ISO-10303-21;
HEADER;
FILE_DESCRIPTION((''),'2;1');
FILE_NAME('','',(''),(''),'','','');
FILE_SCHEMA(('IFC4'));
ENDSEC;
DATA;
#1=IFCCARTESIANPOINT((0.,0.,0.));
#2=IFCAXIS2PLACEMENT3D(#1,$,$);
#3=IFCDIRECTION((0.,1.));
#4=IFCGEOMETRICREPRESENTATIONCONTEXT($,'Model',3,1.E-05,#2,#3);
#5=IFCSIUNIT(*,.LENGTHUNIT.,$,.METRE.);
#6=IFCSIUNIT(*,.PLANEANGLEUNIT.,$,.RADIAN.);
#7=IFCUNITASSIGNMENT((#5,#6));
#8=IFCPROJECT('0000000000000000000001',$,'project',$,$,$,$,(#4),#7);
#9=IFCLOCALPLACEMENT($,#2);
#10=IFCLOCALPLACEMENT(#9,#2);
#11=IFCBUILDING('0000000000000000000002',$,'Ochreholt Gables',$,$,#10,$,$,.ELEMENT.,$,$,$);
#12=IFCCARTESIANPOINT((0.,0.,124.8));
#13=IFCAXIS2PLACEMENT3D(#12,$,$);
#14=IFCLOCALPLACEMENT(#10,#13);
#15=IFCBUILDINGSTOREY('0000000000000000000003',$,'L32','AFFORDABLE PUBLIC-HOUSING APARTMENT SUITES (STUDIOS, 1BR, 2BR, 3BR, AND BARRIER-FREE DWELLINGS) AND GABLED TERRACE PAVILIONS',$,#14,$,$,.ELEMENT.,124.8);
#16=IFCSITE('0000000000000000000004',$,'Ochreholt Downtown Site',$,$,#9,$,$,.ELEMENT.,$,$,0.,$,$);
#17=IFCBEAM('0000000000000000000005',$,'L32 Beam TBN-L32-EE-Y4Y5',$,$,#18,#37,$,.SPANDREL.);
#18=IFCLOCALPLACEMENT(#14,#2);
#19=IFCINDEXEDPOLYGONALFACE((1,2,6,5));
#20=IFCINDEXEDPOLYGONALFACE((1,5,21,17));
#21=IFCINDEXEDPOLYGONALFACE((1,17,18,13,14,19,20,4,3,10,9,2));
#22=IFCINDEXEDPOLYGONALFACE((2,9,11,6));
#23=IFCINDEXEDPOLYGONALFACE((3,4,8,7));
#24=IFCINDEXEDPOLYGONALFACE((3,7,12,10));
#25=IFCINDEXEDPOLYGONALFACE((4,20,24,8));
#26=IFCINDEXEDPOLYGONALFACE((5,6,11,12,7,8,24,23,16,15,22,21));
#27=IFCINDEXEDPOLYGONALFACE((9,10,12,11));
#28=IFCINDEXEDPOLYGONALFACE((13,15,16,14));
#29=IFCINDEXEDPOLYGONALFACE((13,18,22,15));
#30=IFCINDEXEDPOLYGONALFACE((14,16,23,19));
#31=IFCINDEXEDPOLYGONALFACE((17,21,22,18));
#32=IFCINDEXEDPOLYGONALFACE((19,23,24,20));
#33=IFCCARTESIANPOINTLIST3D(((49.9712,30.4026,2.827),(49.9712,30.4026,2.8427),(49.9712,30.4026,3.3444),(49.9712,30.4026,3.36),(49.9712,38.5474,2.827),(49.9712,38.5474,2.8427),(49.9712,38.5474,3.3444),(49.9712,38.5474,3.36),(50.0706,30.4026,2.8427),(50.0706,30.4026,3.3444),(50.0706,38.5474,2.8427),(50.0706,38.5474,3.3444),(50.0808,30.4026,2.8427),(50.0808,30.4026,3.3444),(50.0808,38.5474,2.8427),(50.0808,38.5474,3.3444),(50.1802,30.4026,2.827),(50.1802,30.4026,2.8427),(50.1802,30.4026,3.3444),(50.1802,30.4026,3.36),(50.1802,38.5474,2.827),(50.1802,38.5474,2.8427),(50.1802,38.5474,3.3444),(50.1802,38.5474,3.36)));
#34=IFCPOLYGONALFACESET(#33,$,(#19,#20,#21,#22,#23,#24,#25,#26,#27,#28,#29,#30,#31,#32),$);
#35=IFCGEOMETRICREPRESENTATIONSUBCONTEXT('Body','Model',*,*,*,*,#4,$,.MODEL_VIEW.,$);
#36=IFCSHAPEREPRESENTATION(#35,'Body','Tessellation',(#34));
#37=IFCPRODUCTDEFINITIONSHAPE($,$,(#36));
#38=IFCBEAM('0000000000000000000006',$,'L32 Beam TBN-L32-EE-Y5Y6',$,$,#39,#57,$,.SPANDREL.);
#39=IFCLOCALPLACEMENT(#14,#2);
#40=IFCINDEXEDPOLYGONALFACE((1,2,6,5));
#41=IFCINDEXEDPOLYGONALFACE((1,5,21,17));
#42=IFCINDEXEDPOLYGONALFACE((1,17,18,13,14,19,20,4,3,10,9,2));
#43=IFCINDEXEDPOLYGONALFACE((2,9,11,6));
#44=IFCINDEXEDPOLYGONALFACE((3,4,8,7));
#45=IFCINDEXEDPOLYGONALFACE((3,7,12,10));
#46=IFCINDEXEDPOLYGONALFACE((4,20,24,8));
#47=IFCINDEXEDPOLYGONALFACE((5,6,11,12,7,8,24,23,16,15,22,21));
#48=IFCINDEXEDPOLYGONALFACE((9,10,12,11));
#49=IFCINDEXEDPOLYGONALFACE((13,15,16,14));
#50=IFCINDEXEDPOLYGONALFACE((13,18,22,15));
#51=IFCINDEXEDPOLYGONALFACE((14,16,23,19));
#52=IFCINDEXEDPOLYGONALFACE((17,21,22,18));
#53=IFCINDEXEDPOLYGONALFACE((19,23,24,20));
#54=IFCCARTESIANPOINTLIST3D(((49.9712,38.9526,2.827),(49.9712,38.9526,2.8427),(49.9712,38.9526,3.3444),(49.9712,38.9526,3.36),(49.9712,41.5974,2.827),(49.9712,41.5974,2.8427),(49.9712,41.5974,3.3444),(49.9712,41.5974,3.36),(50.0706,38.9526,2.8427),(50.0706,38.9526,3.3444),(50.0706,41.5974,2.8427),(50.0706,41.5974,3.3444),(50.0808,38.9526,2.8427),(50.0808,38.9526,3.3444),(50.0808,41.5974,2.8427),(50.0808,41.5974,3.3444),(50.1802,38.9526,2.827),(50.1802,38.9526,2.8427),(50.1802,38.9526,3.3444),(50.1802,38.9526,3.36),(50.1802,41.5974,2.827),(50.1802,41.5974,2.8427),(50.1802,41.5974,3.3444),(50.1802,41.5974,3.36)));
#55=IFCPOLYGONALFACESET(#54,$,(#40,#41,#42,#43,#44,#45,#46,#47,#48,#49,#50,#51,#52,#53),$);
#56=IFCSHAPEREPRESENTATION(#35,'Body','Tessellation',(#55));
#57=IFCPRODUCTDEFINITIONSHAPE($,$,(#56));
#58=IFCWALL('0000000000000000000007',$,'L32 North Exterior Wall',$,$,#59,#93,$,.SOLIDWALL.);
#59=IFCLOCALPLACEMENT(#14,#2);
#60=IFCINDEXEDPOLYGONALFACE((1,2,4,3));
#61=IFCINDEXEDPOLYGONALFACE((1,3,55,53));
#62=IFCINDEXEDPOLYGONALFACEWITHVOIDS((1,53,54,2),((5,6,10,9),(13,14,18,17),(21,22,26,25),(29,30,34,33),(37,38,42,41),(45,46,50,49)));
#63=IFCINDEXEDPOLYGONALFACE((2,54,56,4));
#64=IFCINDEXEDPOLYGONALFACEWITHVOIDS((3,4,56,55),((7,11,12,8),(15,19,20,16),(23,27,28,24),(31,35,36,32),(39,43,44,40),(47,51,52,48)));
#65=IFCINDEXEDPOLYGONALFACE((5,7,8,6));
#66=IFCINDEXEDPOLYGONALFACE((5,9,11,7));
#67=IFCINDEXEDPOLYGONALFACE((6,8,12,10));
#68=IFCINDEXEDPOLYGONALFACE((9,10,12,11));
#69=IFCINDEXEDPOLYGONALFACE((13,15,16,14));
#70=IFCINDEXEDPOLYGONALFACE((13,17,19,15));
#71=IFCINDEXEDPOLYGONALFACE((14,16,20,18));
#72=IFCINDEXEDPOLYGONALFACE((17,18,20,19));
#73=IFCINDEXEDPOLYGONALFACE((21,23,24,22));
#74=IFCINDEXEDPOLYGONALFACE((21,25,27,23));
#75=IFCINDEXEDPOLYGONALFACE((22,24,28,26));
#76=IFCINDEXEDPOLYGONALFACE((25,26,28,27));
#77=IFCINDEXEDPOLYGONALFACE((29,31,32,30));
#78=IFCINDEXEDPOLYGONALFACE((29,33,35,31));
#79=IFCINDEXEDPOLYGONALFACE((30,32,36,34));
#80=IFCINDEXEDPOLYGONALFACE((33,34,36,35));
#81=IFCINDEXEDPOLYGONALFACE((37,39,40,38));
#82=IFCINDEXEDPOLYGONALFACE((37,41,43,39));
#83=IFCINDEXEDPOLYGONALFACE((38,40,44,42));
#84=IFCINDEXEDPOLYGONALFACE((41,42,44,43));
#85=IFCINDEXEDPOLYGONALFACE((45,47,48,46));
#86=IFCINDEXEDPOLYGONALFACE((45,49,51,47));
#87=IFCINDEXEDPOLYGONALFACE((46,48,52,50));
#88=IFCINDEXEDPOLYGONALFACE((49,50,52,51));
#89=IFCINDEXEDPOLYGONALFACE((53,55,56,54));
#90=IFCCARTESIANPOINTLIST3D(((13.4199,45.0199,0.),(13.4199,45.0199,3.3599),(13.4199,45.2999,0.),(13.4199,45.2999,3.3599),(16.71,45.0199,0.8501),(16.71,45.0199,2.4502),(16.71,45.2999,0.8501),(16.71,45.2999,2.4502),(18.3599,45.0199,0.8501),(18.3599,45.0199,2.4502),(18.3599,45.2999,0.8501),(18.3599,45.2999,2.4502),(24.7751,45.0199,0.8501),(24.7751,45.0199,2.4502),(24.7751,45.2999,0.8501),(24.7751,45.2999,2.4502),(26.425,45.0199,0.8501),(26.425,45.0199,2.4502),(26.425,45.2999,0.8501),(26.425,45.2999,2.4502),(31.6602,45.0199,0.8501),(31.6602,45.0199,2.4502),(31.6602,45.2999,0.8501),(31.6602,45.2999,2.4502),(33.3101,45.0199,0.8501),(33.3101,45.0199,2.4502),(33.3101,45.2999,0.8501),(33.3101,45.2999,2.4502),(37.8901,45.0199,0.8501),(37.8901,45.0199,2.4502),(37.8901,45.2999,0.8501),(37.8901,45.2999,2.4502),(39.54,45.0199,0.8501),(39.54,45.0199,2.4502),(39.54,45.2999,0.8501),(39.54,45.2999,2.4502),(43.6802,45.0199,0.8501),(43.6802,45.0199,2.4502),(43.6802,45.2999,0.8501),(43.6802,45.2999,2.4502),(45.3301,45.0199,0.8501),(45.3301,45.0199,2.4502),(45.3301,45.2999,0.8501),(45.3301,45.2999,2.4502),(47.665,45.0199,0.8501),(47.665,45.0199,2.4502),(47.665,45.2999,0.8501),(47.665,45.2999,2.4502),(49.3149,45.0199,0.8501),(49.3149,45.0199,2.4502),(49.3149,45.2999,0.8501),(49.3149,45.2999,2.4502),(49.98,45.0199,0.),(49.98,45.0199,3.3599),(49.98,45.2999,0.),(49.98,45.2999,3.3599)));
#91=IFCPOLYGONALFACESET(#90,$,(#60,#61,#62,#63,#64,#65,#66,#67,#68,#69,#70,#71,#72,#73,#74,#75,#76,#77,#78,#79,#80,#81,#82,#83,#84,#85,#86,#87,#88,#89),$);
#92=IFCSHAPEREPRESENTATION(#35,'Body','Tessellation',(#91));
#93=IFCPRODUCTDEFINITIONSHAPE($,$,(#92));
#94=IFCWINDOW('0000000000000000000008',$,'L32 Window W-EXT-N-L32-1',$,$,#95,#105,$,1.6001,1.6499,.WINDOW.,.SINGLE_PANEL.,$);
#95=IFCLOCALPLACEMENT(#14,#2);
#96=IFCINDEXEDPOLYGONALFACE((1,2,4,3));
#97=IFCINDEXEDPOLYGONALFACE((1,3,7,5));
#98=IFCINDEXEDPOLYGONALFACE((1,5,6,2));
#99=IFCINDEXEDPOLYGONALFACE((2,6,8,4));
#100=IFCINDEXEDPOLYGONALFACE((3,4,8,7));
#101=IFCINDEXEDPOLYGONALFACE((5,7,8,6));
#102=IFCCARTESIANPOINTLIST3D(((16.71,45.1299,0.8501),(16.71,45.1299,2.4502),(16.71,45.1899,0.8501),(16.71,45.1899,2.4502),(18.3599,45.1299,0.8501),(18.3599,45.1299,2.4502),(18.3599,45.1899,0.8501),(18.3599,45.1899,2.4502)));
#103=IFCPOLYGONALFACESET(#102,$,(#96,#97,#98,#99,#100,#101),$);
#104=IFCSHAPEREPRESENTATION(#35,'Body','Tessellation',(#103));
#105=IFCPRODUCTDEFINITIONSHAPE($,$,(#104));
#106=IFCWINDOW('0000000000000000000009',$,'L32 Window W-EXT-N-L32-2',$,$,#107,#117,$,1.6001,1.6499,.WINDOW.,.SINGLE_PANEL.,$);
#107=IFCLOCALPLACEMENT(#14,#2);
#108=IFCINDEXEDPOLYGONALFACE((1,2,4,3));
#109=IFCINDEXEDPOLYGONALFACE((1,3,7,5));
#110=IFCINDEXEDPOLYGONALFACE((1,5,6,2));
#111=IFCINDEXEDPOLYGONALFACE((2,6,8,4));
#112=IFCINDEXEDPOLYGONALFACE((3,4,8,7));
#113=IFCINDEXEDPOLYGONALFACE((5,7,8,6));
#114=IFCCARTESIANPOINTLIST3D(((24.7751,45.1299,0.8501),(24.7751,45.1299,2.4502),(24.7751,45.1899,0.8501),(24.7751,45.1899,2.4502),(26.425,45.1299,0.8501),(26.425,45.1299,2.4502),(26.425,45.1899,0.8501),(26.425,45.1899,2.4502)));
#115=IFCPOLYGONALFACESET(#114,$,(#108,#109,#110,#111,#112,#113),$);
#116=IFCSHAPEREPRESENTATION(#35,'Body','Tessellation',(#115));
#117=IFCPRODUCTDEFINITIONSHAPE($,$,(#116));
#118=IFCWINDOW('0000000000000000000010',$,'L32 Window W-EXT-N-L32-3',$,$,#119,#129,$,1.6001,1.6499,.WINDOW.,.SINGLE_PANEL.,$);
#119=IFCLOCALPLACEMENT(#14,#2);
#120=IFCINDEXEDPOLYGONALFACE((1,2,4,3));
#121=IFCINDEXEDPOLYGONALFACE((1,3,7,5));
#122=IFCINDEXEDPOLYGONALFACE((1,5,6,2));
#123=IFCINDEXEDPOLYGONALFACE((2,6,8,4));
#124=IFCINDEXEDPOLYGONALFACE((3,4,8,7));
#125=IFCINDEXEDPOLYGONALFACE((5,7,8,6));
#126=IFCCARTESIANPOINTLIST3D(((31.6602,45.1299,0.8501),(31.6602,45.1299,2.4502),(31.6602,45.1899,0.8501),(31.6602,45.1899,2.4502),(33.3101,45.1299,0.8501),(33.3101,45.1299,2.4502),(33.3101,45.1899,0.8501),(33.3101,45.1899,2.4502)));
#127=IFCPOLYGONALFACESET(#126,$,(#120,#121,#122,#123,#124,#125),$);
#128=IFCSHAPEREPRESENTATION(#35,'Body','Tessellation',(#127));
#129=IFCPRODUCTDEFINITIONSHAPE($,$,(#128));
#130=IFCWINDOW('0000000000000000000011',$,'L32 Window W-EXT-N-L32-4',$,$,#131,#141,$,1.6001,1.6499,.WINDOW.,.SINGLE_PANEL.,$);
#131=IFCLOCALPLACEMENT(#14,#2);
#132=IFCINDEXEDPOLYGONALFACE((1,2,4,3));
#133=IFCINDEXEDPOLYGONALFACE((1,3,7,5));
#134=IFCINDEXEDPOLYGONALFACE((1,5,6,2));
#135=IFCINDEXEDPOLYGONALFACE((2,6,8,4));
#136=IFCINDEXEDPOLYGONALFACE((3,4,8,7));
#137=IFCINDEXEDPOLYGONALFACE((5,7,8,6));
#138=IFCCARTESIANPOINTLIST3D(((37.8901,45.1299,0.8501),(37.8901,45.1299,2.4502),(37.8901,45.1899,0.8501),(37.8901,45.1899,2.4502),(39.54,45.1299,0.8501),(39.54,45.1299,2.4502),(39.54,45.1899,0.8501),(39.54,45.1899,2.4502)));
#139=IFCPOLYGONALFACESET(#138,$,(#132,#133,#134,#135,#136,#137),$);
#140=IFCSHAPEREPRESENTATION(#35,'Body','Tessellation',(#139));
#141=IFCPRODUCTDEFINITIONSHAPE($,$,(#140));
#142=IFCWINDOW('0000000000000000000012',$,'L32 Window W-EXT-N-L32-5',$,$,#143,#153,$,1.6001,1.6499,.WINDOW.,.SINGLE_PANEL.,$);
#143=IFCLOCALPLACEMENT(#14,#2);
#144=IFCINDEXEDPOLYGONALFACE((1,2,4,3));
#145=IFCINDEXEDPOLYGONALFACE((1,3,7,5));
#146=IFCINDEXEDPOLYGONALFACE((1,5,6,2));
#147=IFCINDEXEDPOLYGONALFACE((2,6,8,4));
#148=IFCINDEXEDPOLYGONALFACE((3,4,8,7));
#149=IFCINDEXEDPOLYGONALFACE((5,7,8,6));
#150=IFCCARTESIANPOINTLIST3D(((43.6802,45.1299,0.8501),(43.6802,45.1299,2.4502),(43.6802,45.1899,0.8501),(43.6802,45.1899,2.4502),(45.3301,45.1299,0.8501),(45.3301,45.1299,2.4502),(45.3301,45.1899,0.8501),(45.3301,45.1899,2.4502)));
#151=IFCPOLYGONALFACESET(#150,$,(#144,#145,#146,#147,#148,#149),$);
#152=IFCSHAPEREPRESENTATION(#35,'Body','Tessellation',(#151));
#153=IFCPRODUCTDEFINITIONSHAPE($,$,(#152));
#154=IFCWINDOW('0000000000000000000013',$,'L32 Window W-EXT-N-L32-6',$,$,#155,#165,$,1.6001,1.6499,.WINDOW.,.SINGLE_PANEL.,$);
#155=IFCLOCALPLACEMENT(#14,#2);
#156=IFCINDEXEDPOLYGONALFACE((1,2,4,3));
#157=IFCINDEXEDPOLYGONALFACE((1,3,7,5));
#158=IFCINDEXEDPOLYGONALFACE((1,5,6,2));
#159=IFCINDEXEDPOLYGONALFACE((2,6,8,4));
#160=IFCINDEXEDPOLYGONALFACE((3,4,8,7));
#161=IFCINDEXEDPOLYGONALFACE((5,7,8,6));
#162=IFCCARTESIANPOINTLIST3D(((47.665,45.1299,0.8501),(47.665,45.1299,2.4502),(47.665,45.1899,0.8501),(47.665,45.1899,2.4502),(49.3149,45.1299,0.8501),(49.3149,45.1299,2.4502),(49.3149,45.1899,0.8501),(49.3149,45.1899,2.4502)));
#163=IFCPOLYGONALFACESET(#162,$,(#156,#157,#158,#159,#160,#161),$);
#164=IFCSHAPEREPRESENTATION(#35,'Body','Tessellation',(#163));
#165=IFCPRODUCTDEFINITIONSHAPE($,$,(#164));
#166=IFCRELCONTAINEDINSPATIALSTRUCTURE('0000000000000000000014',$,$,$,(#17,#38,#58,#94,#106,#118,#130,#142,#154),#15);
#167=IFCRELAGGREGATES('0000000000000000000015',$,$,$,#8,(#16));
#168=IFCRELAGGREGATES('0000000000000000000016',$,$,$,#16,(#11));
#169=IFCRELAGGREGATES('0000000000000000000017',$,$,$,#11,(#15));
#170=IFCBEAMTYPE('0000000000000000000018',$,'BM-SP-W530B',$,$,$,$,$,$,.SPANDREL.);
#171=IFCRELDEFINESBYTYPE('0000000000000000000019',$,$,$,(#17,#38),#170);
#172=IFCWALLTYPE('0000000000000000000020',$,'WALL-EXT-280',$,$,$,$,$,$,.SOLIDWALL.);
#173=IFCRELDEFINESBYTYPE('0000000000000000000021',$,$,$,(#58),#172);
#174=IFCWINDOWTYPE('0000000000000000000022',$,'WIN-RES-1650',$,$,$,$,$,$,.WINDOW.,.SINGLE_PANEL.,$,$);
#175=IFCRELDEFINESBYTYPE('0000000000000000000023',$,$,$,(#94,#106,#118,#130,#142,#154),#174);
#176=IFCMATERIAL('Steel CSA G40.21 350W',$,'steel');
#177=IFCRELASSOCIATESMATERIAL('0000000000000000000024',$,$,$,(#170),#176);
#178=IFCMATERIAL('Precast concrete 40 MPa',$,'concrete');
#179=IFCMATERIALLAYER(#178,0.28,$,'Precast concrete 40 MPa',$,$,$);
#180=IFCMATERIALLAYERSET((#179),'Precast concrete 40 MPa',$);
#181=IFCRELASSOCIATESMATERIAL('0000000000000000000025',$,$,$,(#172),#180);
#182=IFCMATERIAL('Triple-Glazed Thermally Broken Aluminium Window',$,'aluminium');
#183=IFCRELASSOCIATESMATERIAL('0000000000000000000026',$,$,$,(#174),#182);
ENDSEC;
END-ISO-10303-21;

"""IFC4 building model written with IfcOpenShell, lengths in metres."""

from ifc_helpers import new_model, si_unit, direction, frame, frame_2d, origin, origin_2d, place, context, subcontext, project, spatial, rectangle, i_section, extrude, material, layer, layer_set, material_profile, profile_set, type_object, element, fill, save


model = new_model("IFC4")

# Units and contexts
model_context = context("Model", 3, precision=1e-05, world=origin(), true_north=direction((0.0, 1.0)))
body_context = subcontext(model_context, "Body", "Model", "MODEL_VIEW")
ifc_project = project(units=[si_unit("LENGTHUNIT", "METRE"), si_unit("PLANEANGLEUNIT", "RADIAN")], contexts=[model_context])

# Site, building, storey
site_placement = place(None, origin())
site = spatial("IfcSite", under=ifc_project, at=site_placement, Name="Ochreholt Downtown Site", CompositionType="ELEMENT", RefElevation=0.0)
building_placement = place(site_placement, origin())
building = spatial("IfcBuilding", under=site, at=building_placement, Name="Ochreholt Gables", CompositionType="ELEMENT")
storey_placement = place(building_placement, frame((0.0, 0.0, 124.8)))
storey = spatial("IfcBuildingStorey", under=building, at=storey_placement, Name="L32", Description="AFFORDABLE PUBLIC-HOUSING APARTMENT SUITES (STUDIOS, 1BR, 2BR, 3BR, AND BARRIER-FREE DWELLINGS) AND GABLED TERRACE PAVILIONS", CompositionType="ELEMENT", Elevation=124.8)

# Shared definitions
ifc_material_1 = material(Name="Steel CSA G40.21 350W", Category="steel")

# Beams
ifc_material_profile_1 = material_profile(ifc_material_1, i_section(OverallWidth=0.209, OverallDepth=0.533, WebThickness=0.0103, FlangeThickness=0.0156, at=origin_2d()), Name="W530X92")
ifc_profile_set_1 = profile_set([ifc_material_profile_1], Name="Steel CSA G40.21 350W")
beam_type_1 = type_object("IfcBeamType", Name="BM-SP-W530B", PredefinedType="SPANDREL", material=ifc_profile_set_1)
beam_1_placement = place(storey_placement, frame((50.0757, 30.4026, 3.0935), z_axis=(0.0, 1.0, 0.0), x_axis=(-1.0, 0.0, 0.0)))
element("IfcBeam", 1, at=beam_1_placement, inside=storey, type_object=beam_type_1, Name="L32 Beam TBN-L32-EE-Y4Y5", PredefinedType="SPANDREL", context=body_context, shape_type="SweptSolid", body=[
    extrude(i_section(OverallWidth=0.209, OverallDepth=0.533, WebThickness=0.0103, FlangeThickness=0.0156, at=origin_2d()), origin(), (0.0, 0.0, 1.0), 8.1448),
])
beam_2_placement = place(storey_placement, frame((50.0757, 38.9526, 3.0935), z_axis=(0.0, 1.0, 0.0), x_axis=(-1.0, 0.0, 0.0)))
element("IfcBeam", 2, at=beam_2_placement, inside=storey, type_object=beam_type_1, Name="L32 Beam TBN-L32-EE-Y5Y6", PredefinedType="SPANDREL", context=body_context, shape_type="SweptSolid", body=[
    extrude(i_section(OverallWidth=0.209, OverallDepth=0.533, WebThickness=0.0103, FlangeThickness=0.0156, at=origin_2d()), origin(), (0.0, 0.0, 1.0), 2.6448),
])

# Wall, openings, windows
ifc_material_2 = material(Name="Precast concrete 40 MPa", Category="concrete")
ifc_layer_1 = layer(ifc_material_2, 0.28, Name="Precast concrete 40 MPa")
ifc_layer_set_1 = layer_set([ifc_layer_1], Name="Precast concrete 40 MPa")
wall_type_1 = type_object("IfcWallType", Name="WALL-EXT-280", PredefinedType="SOLIDWALL", material=ifc_layer_set_1)
wall_1_placement = place(storey_placement, frame((49.98, 45.1599, 0.0), z_axis=(0.0, 0.0, 1.0), x_axis=(-1.0, 0.0, 0.0)))
wall_1 = element("IfcWall", 3, at=wall_1_placement, inside=storey, type_object=wall_type_1, Name="L32 North Exterior Wall", PredefinedType="SOLIDWALL", context=body_context, shape_type="SweptSolid", body=[
    extrude(rectangle(XDim=36.5601, YDim=0.28, at=frame_2d((18.28, 0.0))), origin(), (0.0, 0.0, 1.0), 3.3599),
])
opening_1_placement = place(wall_1_placement, frame((31.6201, 0.0, 0.8501)))
opening_1 = element("IfcOpeningElement", 4, at=opening_1_placement, cuts=wall_1, PredefinedType="OPENING", context=body_context, shape_type="SweptSolid", body=[
    extrude(rectangle(XDim=1.6499, YDim=1.6001, at=frame_2d((0.825, 0.8))), frame((0.0, 0.1499, 0.0), z_axis=(0.0, -1.0, 0.0), x_axis=(1.0, 0.0, 0.0)), (0.0, 0.0, 1.0), 0.3),
])
opening_2_placement = place(wall_1_placement, frame((23.5549, 0.0, 0.8501)))
opening_2 = element("IfcOpeningElement", 5, at=opening_2_placement, cuts=wall_1, PredefinedType="OPENING", context=body_context, shape_type="SweptSolid", body=[
    extrude(rectangle(XDim=1.6499, YDim=1.6001, at=frame_2d((0.825, 0.8))), frame((0.0, 0.1499, 0.0), z_axis=(0.0, -1.0, 0.0), x_axis=(1.0, 0.0, 0.0)), (0.0, 0.0, 1.0), 0.3),
])
opening_3_placement = place(wall_1_placement, frame((16.6699, 0.0, 0.8501)))
opening_3 = element("IfcOpeningElement", 6, at=opening_3_placement, cuts=wall_1, PredefinedType="OPENING", context=body_context, shape_type="SweptSolid", body=[
    extrude(rectangle(XDim=1.6499, YDim=1.6001, at=frame_2d((0.825, 0.8))), frame((0.0, 0.1499, 0.0), z_axis=(0.0, -1.0, 0.0), x_axis=(1.0, 0.0, 0.0)), (0.0, 0.0, 1.0), 0.3),
])
opening_4_placement = place(wall_1_placement, frame((10.4399, 0.0, 0.8501)))
opening_4 = element("IfcOpeningElement", 7, at=opening_4_placement, cuts=wall_1, PredefinedType="OPENING", context=body_context, shape_type="SweptSolid", body=[
    extrude(rectangle(XDim=1.6499, YDim=1.6001, at=frame_2d((0.825, 0.8))), frame((0.0, 0.1499, 0.0), z_axis=(0.0, -1.0, 0.0), x_axis=(1.0, 0.0, 0.0)), (0.0, 0.0, 1.0), 0.3),
])
opening_5_placement = place(wall_1_placement, frame((4.6499, 0.0, 0.8501)))
opening_5 = element("IfcOpeningElement", 8, at=opening_5_placement, cuts=wall_1, PredefinedType="OPENING", context=body_context, shape_type="SweptSolid", body=[
    extrude(rectangle(XDim=1.6499, YDim=1.6001, at=frame_2d((0.825, 0.8))), frame((0.0, 0.1499, 0.0), z_axis=(0.0, -1.0, 0.0), x_axis=(1.0, 0.0, 0.0)), (0.0, 0.0, 1.0), 0.3),
])
opening_6_placement = place(wall_1_placement, frame((0.665, 0.0, 0.8501)))
opening_6 = element("IfcOpeningElement", 9, at=opening_6_placement, cuts=wall_1, PredefinedType="OPENING", context=body_context, shape_type="SweptSolid", body=[
    extrude(rectangle(XDim=1.6499, YDim=1.6001, at=frame_2d((0.825, 0.8))), frame((0.0, 0.1499, 0.0), z_axis=(0.0, -1.0, 0.0), x_axis=(1.0, 0.0, 0.0)), (0.0, 0.0, 1.0), 0.3),
])
ifc_material_3 = material(Name="Triple-Glazed Thermally Broken Aluminium Window", Category="aluminium")
window_type = type_object("IfcWindowType", Name="WIN-RES-1650", PartitioningType="SINGLE_PANEL", PredefinedType="WINDOW", material=ifc_material_3)
window_1_placement = place(opening_1_placement, origin())
window_1 = element("IfcWindow", 10, at=window_1_placement, inside=storey, type_object=window_type, Name="L32 Window W-EXT-N-L32-1", OverallHeight=1.6001, OverallWidth=1.6499, PartitioningType="SINGLE_PANEL", PredefinedType="WINDOW", context=body_context, shape_type="SweptSolid", body=[
    extrude(rectangle(XDim=1.6499, YDim=1.6001, at=frame_2d((0.825, 0.8))), frame((0.0, 0.03, 0.0), z_axis=(0.0, -1.0, 0.0), x_axis=(1.0, 0.0, 0.0)), (0.0, 0.0, 1.0), 0.0601),
])
fill(opening_1, window_1)
window_2_placement = place(opening_2_placement, origin())
window_2 = element("IfcWindow", 11, at=window_2_placement, inside=storey, type_object=window_type, Name="L32 Window W-EXT-N-L32-2", OverallHeight=1.6001, OverallWidth=1.6499, PartitioningType="SINGLE_PANEL", PredefinedType="WINDOW", context=body_context, shape_type="SweptSolid", body=[
    extrude(rectangle(XDim=1.6499, YDim=1.6001, at=frame_2d((0.825, 0.8))), frame((0.0, 0.03, 0.0), z_axis=(0.0, -1.0, 0.0), x_axis=(1.0, 0.0, 0.0)), (0.0, 0.0, 1.0), 0.0601),
])
fill(opening_2, window_2)
window_3_placement = place(opening_3_placement, origin())
window_3 = element("IfcWindow", 12, at=window_3_placement, inside=storey, type_object=window_type, Name="L32 Window W-EXT-N-L32-3", OverallHeight=1.6001, OverallWidth=1.6499, PartitioningType="SINGLE_PANEL", PredefinedType="WINDOW", context=body_context, shape_type="SweptSolid", body=[
    extrude(rectangle(XDim=1.6499, YDim=1.6001, at=frame_2d((0.825, 0.8))), frame((0.0, 0.03, 0.0), z_axis=(0.0, -1.0, 0.0), x_axis=(1.0, 0.0, 0.0)), (0.0, 0.0, 1.0), 0.0601),
])
fill(opening_3, window_3)
window_4_placement = place(opening_4_placement, origin())
window_4 = element("IfcWindow", 13, at=window_4_placement, inside=storey, type_object=window_type, Name="L32 Window W-EXT-N-L32-4", OverallHeight=1.6001, OverallWidth=1.6499, PartitioningType="SINGLE_PANEL", PredefinedType="WINDOW", context=body_context, shape_type="SweptSolid", body=[
    extrude(rectangle(XDim=1.6499, YDim=1.6001, at=frame_2d((0.825, 0.8))), frame((0.0, 0.03, 0.0), z_axis=(0.0, -1.0, 0.0), x_axis=(1.0, 0.0, 0.0)), (0.0, 0.0, 1.0), 0.0601),
])
fill(opening_4, window_4)
window_5_placement = place(opening_5_placement, origin())
window_5 = element("IfcWindow", 14, at=window_5_placement, inside=storey, type_object=window_type, Name="L32 Window W-EXT-N-L32-5", OverallHeight=1.6001, OverallWidth=1.6499, PartitioningType="SINGLE_PANEL", PredefinedType="WINDOW", context=body_context, shape_type="SweptSolid", body=[
    extrude(rectangle(XDim=1.6499, YDim=1.6001, at=frame_2d((0.825, 0.8))), frame((0.0, 0.03, 0.0), z_axis=(0.0, -1.0, 0.0), x_axis=(1.0, 0.0, 0.0)), (0.0, 0.0, 1.0), 0.0601),
])
fill(opening_5, window_5)
window_6_placement = place(opening_6_placement, origin())
window_6 = element("IfcWindow", 15, at=window_6_placement, inside=storey, type_object=window_type, Name="L32 Window W-EXT-N-L32-6", OverallHeight=1.6001, OverallWidth=1.6499, PartitioningType="SINGLE_PANEL", PredefinedType="WINDOW", context=body_context, shape_type="SweptSolid", body=[
    extrude(rectangle(XDim=1.6499, YDim=1.6001, at=frame_2d((0.825, 0.8))), frame((0.0, 0.03, 0.0), z_axis=(0.0, -1.0, 0.0), x_axis=(1.0, 0.0, 0.0)), (0.0, 0.0, 1.0), 0.0601),
])
fill(opening_6, window_6)

save(model, "model.ifc")
